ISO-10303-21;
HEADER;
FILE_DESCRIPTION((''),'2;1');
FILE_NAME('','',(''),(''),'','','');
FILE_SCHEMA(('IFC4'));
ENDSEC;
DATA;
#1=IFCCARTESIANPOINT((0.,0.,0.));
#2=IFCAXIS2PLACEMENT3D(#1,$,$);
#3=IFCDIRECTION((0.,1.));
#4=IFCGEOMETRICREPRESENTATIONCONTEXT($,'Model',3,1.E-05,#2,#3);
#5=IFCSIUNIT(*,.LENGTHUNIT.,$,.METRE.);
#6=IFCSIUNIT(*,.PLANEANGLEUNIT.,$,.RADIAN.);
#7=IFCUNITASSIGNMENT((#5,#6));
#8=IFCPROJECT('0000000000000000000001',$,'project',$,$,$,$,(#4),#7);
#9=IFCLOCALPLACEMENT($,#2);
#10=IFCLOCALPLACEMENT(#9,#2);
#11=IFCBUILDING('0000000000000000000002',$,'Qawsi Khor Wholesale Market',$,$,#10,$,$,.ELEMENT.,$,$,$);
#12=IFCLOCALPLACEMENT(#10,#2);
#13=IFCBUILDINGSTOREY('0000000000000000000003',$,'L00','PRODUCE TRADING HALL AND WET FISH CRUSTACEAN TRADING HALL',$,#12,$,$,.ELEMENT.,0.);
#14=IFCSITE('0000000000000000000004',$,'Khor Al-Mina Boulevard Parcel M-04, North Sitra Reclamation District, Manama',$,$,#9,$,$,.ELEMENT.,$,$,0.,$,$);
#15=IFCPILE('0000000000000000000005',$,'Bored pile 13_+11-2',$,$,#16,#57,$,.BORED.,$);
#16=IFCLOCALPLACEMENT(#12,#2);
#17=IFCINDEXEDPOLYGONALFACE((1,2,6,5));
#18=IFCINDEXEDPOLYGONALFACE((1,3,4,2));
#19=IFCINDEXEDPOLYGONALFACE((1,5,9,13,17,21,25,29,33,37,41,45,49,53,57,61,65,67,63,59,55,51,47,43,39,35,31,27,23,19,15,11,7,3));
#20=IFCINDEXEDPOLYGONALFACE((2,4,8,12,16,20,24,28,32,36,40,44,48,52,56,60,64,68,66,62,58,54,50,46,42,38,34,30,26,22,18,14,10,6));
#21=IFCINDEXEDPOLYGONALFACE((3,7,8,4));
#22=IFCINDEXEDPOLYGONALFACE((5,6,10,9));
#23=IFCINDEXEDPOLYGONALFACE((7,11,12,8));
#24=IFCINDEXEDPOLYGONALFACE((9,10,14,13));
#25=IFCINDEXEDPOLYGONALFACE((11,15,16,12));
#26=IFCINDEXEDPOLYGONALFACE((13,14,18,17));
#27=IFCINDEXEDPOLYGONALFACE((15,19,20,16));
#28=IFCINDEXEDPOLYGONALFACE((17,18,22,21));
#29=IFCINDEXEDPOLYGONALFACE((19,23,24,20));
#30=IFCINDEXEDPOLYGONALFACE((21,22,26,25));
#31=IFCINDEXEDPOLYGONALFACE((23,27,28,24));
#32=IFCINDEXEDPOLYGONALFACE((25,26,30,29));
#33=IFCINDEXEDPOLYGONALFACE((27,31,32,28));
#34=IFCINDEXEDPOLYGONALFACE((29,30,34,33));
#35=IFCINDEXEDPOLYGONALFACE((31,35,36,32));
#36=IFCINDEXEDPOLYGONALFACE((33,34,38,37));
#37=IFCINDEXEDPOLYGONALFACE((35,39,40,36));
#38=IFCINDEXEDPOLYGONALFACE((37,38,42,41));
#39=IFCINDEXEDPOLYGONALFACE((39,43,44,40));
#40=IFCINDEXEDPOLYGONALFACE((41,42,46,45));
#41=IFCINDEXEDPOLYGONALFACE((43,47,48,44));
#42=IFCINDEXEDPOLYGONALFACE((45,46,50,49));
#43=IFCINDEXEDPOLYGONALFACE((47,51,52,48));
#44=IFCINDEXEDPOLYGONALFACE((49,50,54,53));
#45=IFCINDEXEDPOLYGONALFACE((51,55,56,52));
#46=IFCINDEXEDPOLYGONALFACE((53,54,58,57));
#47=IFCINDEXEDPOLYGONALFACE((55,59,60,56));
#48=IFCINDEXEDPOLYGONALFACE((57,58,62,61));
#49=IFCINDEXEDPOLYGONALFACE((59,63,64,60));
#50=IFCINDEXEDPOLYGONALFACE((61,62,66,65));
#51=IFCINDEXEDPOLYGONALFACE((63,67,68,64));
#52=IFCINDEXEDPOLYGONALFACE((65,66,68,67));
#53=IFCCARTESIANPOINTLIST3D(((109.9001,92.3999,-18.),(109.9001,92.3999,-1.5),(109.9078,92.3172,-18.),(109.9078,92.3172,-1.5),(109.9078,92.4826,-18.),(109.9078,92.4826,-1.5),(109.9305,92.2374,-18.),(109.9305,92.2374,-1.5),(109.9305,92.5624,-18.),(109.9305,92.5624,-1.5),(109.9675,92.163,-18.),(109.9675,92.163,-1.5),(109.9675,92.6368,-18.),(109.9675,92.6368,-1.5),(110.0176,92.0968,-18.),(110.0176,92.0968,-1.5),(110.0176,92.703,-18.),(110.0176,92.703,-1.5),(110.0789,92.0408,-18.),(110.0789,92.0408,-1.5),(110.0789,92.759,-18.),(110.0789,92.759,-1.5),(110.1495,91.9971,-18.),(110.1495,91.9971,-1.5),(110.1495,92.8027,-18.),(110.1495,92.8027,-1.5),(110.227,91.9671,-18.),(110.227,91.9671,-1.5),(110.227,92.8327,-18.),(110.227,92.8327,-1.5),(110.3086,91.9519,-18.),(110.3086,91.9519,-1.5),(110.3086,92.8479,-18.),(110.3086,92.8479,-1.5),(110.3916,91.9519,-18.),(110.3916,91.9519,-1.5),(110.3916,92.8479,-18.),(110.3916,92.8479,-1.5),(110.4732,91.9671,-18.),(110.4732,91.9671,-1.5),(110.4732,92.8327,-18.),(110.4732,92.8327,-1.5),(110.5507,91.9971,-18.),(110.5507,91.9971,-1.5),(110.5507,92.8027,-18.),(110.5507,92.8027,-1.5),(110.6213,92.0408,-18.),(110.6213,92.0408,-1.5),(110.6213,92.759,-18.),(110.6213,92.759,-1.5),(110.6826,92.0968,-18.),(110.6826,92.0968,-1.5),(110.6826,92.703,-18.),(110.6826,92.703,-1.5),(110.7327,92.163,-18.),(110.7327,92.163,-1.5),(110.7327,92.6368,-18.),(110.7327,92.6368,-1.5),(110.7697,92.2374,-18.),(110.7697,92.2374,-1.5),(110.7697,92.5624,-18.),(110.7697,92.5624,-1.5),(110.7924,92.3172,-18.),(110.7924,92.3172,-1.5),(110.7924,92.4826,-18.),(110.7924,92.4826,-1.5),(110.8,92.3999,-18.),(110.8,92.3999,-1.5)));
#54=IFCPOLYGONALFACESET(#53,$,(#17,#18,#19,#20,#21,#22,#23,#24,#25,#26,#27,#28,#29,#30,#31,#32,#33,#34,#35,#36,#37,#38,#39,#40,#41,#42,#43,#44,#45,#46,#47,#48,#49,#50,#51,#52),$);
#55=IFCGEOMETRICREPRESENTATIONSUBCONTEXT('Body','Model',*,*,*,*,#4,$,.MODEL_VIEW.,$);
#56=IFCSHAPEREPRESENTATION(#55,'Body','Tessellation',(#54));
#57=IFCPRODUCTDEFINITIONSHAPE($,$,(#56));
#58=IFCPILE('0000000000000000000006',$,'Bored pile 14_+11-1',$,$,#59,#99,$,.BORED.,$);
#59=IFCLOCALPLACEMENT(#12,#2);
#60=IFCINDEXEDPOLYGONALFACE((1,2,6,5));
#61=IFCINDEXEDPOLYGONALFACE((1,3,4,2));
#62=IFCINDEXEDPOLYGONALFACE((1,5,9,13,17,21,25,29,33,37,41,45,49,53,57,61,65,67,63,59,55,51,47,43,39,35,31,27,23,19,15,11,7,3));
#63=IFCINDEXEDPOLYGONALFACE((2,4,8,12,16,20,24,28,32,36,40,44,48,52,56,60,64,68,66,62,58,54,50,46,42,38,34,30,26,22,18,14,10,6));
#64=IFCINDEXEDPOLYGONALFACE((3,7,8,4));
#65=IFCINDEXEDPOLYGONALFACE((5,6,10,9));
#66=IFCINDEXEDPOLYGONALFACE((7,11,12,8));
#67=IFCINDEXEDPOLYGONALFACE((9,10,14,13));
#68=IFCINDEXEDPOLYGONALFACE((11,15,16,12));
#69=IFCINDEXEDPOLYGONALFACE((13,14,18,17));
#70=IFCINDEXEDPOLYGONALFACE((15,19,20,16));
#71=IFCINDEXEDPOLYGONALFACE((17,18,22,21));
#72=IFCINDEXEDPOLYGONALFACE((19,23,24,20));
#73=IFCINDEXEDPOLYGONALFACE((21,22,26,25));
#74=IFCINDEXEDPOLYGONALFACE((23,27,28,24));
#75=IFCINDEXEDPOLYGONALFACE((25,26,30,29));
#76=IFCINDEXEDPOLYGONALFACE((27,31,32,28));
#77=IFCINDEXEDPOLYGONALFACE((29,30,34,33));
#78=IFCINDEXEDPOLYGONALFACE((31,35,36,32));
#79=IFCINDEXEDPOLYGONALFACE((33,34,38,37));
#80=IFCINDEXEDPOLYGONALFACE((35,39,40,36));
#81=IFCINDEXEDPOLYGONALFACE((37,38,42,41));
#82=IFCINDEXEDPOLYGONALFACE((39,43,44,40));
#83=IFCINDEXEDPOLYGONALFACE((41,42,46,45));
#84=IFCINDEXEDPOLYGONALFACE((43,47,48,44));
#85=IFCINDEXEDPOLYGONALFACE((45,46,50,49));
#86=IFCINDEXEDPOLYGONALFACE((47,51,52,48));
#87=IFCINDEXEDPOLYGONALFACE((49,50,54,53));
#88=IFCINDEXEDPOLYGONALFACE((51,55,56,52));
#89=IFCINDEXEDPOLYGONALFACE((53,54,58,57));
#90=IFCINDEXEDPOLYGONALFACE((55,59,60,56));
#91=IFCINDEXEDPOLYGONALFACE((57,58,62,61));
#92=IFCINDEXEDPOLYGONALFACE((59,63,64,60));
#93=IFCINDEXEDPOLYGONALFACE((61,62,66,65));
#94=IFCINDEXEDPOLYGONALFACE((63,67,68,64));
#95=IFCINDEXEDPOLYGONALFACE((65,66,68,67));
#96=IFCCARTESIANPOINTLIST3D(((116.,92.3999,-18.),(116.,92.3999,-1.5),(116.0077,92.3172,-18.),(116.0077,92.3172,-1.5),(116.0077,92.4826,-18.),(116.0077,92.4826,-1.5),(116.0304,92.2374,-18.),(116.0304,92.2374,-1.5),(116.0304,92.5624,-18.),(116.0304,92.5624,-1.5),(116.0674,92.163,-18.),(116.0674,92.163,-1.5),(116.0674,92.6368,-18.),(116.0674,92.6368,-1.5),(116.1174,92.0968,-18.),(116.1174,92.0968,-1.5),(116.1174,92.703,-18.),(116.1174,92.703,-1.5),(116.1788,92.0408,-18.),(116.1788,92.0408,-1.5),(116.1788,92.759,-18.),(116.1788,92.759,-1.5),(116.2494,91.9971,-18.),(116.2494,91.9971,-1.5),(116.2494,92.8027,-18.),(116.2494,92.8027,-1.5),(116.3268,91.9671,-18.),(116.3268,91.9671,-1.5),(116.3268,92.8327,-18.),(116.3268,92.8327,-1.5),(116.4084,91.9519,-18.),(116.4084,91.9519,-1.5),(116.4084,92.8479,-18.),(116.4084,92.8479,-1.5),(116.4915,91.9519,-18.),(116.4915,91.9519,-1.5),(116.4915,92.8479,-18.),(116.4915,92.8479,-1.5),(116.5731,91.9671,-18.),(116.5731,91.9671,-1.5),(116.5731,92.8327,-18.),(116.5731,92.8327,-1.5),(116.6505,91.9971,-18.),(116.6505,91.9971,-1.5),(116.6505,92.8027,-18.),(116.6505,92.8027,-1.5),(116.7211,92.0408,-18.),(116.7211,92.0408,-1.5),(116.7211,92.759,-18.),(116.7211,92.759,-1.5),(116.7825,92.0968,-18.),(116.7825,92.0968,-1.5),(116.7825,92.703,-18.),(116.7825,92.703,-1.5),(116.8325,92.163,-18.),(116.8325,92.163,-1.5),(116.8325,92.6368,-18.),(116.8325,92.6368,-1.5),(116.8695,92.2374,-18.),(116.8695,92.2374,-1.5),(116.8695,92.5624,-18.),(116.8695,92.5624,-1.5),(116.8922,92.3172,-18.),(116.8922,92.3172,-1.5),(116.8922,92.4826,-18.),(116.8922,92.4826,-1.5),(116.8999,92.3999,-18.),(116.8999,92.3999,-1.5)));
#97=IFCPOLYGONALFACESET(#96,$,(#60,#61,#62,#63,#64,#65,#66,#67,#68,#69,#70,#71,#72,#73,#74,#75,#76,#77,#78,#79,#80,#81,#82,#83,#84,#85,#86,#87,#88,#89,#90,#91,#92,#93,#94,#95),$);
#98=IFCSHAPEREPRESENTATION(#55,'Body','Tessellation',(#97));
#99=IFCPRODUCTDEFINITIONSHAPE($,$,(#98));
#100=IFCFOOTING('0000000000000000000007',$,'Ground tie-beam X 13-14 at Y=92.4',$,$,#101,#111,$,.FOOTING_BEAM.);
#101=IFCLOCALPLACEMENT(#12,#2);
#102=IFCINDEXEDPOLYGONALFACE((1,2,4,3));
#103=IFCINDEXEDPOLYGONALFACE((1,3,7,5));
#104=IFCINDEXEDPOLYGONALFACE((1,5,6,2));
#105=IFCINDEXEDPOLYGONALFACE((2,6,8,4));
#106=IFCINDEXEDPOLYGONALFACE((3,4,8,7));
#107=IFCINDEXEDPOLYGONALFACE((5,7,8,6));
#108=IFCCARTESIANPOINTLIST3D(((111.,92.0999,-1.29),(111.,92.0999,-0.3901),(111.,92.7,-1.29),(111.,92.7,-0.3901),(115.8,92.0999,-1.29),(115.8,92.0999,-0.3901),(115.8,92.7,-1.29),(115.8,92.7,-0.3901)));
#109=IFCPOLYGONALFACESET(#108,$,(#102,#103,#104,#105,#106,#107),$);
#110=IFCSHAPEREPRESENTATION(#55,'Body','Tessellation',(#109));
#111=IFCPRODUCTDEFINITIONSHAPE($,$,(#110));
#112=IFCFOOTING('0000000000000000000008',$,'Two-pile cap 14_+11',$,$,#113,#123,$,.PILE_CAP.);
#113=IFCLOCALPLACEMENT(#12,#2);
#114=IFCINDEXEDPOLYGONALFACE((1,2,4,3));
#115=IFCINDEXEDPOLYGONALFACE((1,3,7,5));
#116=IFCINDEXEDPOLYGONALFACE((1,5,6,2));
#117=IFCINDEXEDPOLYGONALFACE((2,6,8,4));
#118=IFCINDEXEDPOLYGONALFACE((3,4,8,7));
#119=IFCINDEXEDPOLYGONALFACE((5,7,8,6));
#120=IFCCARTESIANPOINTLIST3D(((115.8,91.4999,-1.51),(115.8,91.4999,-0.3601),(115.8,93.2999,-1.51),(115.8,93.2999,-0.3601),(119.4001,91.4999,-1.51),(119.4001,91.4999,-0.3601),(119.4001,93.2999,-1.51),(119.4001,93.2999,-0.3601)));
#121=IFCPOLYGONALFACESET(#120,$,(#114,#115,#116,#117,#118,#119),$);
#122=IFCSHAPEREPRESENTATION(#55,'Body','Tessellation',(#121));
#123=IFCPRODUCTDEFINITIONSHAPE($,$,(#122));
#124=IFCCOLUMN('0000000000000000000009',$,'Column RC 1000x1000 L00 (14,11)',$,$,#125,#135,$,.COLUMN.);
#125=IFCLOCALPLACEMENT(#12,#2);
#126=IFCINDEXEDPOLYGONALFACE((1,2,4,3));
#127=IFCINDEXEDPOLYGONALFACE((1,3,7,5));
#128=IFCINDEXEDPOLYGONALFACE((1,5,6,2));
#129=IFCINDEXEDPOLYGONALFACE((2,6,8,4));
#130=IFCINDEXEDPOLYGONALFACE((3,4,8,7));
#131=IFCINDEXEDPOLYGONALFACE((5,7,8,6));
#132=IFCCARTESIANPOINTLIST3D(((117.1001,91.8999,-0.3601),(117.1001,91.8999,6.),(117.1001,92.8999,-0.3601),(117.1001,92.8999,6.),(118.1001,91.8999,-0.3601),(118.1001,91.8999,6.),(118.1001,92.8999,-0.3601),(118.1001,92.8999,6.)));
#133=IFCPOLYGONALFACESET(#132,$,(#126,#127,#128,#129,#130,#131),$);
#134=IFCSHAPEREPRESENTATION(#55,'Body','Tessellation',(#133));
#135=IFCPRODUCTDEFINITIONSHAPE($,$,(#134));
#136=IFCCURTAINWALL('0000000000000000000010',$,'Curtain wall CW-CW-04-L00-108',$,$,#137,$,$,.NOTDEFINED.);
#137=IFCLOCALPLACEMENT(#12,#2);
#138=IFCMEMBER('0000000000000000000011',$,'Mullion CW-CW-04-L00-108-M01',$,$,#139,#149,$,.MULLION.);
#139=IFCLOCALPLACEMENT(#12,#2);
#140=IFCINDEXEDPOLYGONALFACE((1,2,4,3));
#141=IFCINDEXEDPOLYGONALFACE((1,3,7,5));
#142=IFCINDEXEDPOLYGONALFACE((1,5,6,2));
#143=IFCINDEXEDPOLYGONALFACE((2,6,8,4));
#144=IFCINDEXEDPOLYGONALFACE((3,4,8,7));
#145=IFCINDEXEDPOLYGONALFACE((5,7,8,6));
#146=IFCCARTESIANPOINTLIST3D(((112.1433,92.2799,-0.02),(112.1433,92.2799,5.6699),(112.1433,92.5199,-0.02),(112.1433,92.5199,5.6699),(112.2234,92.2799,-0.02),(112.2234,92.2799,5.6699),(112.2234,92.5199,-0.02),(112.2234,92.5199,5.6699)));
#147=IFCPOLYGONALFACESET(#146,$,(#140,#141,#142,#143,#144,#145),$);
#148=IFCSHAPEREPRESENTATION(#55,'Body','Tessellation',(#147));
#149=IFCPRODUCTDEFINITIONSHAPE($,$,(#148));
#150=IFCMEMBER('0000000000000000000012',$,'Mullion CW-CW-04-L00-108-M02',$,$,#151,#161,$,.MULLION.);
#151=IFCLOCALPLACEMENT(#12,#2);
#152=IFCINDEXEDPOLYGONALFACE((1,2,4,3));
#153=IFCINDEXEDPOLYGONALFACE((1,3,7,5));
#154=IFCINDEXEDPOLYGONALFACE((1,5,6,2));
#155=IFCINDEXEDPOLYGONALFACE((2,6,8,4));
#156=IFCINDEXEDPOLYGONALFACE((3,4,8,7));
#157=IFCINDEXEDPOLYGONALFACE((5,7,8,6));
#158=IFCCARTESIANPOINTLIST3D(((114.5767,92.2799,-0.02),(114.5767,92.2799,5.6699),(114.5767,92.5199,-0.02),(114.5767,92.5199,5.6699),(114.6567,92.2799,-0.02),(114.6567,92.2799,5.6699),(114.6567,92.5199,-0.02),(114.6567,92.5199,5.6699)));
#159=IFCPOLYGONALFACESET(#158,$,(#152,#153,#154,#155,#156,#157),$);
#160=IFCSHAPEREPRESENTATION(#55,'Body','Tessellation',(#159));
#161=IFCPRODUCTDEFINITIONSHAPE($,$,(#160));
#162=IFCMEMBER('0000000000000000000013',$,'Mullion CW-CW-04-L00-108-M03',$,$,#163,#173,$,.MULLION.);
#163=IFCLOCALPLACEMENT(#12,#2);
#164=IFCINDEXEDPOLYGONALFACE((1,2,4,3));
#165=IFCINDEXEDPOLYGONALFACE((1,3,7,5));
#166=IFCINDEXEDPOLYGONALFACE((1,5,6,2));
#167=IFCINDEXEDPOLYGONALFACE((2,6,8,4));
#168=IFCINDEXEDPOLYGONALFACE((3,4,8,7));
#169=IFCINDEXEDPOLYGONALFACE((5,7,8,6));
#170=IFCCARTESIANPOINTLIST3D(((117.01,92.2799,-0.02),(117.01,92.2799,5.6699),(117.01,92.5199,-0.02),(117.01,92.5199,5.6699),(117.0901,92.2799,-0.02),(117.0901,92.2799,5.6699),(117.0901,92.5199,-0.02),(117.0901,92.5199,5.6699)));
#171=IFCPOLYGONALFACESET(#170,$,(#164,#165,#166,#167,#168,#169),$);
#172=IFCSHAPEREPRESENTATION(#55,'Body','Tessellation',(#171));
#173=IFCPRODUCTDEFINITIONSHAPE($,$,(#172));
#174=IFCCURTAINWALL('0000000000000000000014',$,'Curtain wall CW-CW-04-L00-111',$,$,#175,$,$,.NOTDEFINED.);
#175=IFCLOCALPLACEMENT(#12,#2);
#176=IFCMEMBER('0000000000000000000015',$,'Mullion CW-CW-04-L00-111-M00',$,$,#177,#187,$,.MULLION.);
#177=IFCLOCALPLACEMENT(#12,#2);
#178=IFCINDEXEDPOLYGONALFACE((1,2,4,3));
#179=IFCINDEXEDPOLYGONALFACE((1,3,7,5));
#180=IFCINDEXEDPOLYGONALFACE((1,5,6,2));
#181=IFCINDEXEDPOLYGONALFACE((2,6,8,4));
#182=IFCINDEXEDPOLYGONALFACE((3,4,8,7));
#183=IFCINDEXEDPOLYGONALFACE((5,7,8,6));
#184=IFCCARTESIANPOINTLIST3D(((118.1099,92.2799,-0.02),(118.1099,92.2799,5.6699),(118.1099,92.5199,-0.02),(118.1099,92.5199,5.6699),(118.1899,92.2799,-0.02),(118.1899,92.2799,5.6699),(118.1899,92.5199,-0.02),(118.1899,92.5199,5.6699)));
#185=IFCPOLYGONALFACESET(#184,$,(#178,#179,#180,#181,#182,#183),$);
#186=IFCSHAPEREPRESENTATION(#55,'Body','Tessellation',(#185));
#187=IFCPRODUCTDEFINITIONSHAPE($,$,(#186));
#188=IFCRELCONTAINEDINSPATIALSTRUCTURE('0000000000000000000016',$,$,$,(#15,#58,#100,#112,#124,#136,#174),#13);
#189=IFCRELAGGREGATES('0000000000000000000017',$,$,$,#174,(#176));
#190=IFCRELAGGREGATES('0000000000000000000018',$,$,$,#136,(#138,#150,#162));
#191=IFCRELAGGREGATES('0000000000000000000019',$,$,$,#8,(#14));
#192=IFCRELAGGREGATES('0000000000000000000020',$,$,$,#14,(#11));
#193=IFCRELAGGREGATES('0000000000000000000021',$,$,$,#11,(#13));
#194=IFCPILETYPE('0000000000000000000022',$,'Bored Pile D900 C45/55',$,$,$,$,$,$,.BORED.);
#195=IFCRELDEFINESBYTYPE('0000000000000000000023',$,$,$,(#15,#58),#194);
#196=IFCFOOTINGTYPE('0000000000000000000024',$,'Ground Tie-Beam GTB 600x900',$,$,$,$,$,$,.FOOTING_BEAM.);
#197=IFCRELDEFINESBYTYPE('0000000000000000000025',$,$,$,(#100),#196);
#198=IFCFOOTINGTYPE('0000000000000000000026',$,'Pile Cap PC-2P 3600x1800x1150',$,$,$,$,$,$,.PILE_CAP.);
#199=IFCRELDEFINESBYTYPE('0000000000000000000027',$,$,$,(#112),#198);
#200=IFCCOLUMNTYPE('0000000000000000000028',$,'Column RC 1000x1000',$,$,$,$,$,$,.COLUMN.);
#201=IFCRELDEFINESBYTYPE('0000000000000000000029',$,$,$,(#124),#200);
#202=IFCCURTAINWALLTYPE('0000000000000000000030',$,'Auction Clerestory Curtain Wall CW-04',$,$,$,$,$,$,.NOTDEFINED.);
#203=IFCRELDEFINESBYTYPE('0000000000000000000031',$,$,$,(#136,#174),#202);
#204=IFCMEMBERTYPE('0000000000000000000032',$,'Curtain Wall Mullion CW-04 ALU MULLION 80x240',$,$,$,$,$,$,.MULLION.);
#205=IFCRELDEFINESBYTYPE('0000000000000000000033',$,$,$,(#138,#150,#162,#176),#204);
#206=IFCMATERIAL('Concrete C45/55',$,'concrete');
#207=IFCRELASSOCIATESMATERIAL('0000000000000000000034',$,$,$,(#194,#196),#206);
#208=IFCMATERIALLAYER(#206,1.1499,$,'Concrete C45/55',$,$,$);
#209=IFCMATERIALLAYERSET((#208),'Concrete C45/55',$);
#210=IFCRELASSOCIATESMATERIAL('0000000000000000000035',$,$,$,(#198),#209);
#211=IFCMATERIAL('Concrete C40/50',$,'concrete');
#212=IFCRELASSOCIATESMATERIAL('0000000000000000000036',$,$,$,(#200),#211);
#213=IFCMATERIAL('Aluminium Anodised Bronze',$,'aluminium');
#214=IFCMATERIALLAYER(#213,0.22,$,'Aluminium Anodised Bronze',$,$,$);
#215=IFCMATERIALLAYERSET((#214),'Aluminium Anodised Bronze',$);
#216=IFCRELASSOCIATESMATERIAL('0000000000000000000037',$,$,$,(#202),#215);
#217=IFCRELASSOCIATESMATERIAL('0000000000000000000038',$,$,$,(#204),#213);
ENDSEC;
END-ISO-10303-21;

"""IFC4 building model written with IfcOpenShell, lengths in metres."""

from ifc_helpers import new_model, si_unit, direction, frame, origin, origin_2d, place, context, subcontext, project, spatial, rectangle, circle, extrude, material, layer, layer_set, material_profile, profile_set, type_object, element, aggregate, save


model = new_model("IFC4")

# Units and contexts
model_context = context("Model", 3, precision=1e-05, world=origin(), true_north=direction((0.0, 1.0)))
body_context = subcontext(model_context, "Body", "Model", "MODEL_VIEW")
ifc_project = project(units=[si_unit("LENGTHUNIT", "METRE"), si_unit("PLANEANGLEUNIT", "RADIAN")], contexts=[model_context])

# Site, building, storey
site_placement = place(None, origin())
site = spatial("IfcSite", under=ifc_project, at=site_placement, Name="Khor Al-Mina Boulevard Parcel M-04, North Sitra Reclamation District, Manama", CompositionType="ELEMENT", RefElevation=0.0)
building_placement = place(site_placement, origin())
building = spatial("IfcBuilding", under=site, at=building_placement, Name="Qawsi Khor Wholesale Market", CompositionType="ELEMENT")
storey_placement = place(building_placement, origin())
storey = spatial("IfcBuildingStorey", under=building, at=storey_placement, Name="L00", Description="PRODUCE TRADING HALL AND WET FISH CRUSTACEAN TRADING HALL", CompositionType="ELEMENT", Elevation=0.0)

# Piles
ifc_material_1 = material(Name="Concrete C45/55", Category="concrete")
ifc_material_profile_1 = material_profile(ifc_material_1, circle(Radius=0.45, at=origin_2d()), Name="PILE D900")
ifc_profile_set_1 = profile_set([ifc_material_profile_1], Name="Concrete C45/55")
pile_type = type_object("IfcPileType", Name="Bored Pile D900 C45/55", PredefinedType="BORED", material=ifc_profile_set_1)
for number, where, z_axis, x_axis, name in (
    (1, (110.3501, 92.3999, -1.5), (0.0, 0.0, -1.0), (1.0, 0.0, 0.0), "Bored pile 13_+11-2"),
    (2, (116.45, 92.3999, -1.5), (0.0, 0.0, -1.0), (1.0, 0.0, 0.0), "Bored pile 14_+11-1"),
):
    element("IfcPile", number, at=place(storey_placement, frame(where, z_axis=z_axis, x_axis=x_axis)), inside=storey, type_object=pile_type, Name=name, PredefinedType="BORED", context=body_context, shape_type="SweptSolid", body=[
        extrude(circle(Radius=0.45, at=origin_2d()), origin(), (0.0, 0.0, 1.0), 16.5),
    ])

# Footings
ifc_material_profile_2 = material_profile(ifc_material_1, rectangle(XDim=0.6001, YDim=0.8999, at=origin_2d()), Name="RC 600x900")
ifc_profile_set_2 = profile_set([ifc_material_profile_2], Name="Concrete C45/55")
footing_type_1 = type_object("IfcFootingType", Name="Ground Tie-Beam GTB 600x900", PredefinedType="FOOTING_BEAM", material=ifc_profile_set_2)
footing_1_placement = place(storey_placement, frame((111.0, 92.3999, -0.8401), z_axis=(1.0, 0.0, 0.0), x_axis=(0.0, 1.0, 0.0)))
element("IfcFooting", 3, at=footing_1_placement, inside=storey, type_object=footing_type_1, Name="Ground tie-beam X 13-14 at Y=92.4", PredefinedType="FOOTING_BEAM", context=body_context, shape_type="SweptSolid", body=[
    extrude(rectangle(XDim=0.6001, YDim=0.8999, at=origin_2d()), origin(), (0.0, 0.0, 1.0), 4.8),
])
ifc_layer_1 = layer(ifc_material_1, 1.1499, Name="Concrete C45/55")
ifc_layer_set_1 = layer_set([ifc_layer_1], Name="Concrete C45/55")
footing_type_2 = type_object("IfcFootingType", Name="Pile Cap PC-2P 3600x1800x1150", PredefinedType="PILE_CAP", material=ifc_layer_set_1)
footing_2_placement = place(storey_placement, frame((117.6001, 92.3999, -1.51), z_axis=(0.0, 0.0, 1.0), x_axis=(1.0, 0.0, 0.0)))
element("IfcFooting", 4, at=footing_2_placement, inside=storey, type_object=footing_type_2, Name="Two-pile cap 14_+11", PredefinedType="PILE_CAP", context=body_context, shape_type="SweptSolid", body=[
    extrude(rectangle(XDim=3.6001, YDim=1.8, at=origin_2d()), origin(), (0.0, 0.0, 1.0), 1.1499),
])

# Column
ifc_material_2 = material(Name="Concrete C40/50", Category="concrete")
ifc_material_profile_3 = material_profile(ifc_material_2, rectangle(XDim=1.0, YDim=1.0, at=origin_2d()), Name="RC 1000x1000")
ifc_profile_set_3 = profile_set([ifc_material_profile_3], Name="Concrete C40/50")
column_type = type_object("IfcColumnType", Name="Column RC 1000x1000", PredefinedType="COLUMN", material=ifc_profile_set_3)
column_placement = place(storey_placement, frame((117.6001, 92.3999, -0.3601), z_axis=(0.0, 0.0, 1.0), x_axis=(1.0, 0.0, 0.0)))
element("IfcColumn", 5, at=column_placement, inside=storey, type_object=column_type, Name="Column RC 1000x1000 L00 (14,11)", PredefinedType="COLUMN", context=body_context, shape_type="SweptSolid", body=[
    extrude(rectangle(XDim=1.0, YDim=1.0, at=origin_2d()), origin(), (0.0, 0.0, 1.0), 6.3601),
])

# Curtain wall, members
ifc_material_3 = material(Name="Aluminium Anodised Bronze", Category="aluminium")
ifc_layer_2 = layer(ifc_material_3, 0.22, Name="Aluminium Anodised Bronze")
ifc_layer_set_2 = layer_set([ifc_layer_2], Name="Aluminium Anodised Bronze")
curtain_wall_type = type_object("IfcCurtainWallType", Name="Auction Clerestory Curtain Wall CW-04", PredefinedType="NOTDEFINED", material=ifc_layer_set_2)
curtain_wall_1_placement = place(storey_placement, origin())
curtain_wall_1 = element("IfcCurtainWall", 6, at=curtain_wall_1_placement, inside=storey, type_object=curtain_wall_type, Name="Curtain wall CW-CW-04-L00-108", PredefinedType="NOTDEFINED")
ifc_material_profile_4 = material_profile(ifc_material_3, rectangle(XDim=0.0801, YDim=0.24, at=origin_2d()), Name="ALU MULLION 80x240")
ifc_profile_set_4 = profile_set([ifc_material_profile_4], Name="Aluminium Anodised Bronze")
member_type_1 = type_object("IfcMemberType", Name="Curtain Wall Mullion CW-04 ALU MULLION 80x240", PredefinedType="MULLION", material=ifc_profile_set_4)
member_1_placement = place(storey_placement, frame((112.1833, 92.3999, -0.02), z_axis=(0.0, 0.0, 1.0), x_axis=(1.0, 0.0, 0.0)))
member_1 = element("IfcMember", 7, at=member_1_placement, type_object=member_type_1, Name="Mullion CW-CW-04-L00-108-M01", PredefinedType="MULLION", context=body_context, shape_type="SweptSolid", body=[
    extrude(rectangle(XDim=0.0801, YDim=0.24, at=origin_2d()), origin(), (0.0, 0.0, 1.0), 5.6899),
])
member_2_placement = place(storey_placement, frame((114.6167, 92.3999, -0.02), z_axis=(0.0, 0.0, 1.0), x_axis=(1.0, 0.0, 0.0)))
member_2 = element("IfcMember", 8, at=member_2_placement, type_object=member_type_1, Name="Mullion CW-CW-04-L00-108-M02", PredefinedType="MULLION", context=body_context, shape_type="SweptSolid", body=[
    extrude(rectangle(XDim=0.0801, YDim=0.24, at=origin_2d()), origin(), (0.0, 0.0, 1.0), 5.6899),
])
member_3_placement = place(storey_placement, frame((117.05, 92.3999, -0.02), z_axis=(0.0, 0.0, 1.0), x_axis=(1.0, 0.0, 0.0)))
member_3 = element("IfcMember", 9, at=member_3_placement, type_object=member_type_1, Name="Mullion CW-CW-04-L00-108-M03", PredefinedType="MULLION", context=body_context, shape_type="SweptSolid", body=[
    extrude(rectangle(XDim=0.0801, YDim=0.24, at=origin_2d()), origin(), (0.0, 0.0, 1.0), 5.6899),
])

# Curtain wall, member
curtain_wall_2_placement = place(storey_placement, origin())
curtain_wall_2 = element("IfcCurtainWall", 10, at=curtain_wall_2_placement, inside=storey, type_object=curtain_wall_type, Name="Curtain wall CW-CW-04-L00-111", PredefinedType="NOTDEFINED")
member_4_placement = place(storey_placement, frame((118.1499, 92.3999, -0.02), z_axis=(0.0, 0.0, 1.0), x_axis=(1.0, 0.0, 0.0)))
member_4 = element("IfcMember", 11, at=member_4_placement, type_object=member_type_1, Name="Mullion CW-CW-04-L00-111-M00", PredefinedType="MULLION", context=body_context, shape_type="SweptSolid", body=[
    extrude(rectangle(XDim=0.0801, YDim=0.24, at=origin_2d()), origin(), (0.0, 0.0, 1.0), 5.6899),
])

aggregate(curtain_wall_2, [member_4])

aggregate(curtain_wall_1, [member_1, member_2, member_3])

save(model, "model.ifc")
